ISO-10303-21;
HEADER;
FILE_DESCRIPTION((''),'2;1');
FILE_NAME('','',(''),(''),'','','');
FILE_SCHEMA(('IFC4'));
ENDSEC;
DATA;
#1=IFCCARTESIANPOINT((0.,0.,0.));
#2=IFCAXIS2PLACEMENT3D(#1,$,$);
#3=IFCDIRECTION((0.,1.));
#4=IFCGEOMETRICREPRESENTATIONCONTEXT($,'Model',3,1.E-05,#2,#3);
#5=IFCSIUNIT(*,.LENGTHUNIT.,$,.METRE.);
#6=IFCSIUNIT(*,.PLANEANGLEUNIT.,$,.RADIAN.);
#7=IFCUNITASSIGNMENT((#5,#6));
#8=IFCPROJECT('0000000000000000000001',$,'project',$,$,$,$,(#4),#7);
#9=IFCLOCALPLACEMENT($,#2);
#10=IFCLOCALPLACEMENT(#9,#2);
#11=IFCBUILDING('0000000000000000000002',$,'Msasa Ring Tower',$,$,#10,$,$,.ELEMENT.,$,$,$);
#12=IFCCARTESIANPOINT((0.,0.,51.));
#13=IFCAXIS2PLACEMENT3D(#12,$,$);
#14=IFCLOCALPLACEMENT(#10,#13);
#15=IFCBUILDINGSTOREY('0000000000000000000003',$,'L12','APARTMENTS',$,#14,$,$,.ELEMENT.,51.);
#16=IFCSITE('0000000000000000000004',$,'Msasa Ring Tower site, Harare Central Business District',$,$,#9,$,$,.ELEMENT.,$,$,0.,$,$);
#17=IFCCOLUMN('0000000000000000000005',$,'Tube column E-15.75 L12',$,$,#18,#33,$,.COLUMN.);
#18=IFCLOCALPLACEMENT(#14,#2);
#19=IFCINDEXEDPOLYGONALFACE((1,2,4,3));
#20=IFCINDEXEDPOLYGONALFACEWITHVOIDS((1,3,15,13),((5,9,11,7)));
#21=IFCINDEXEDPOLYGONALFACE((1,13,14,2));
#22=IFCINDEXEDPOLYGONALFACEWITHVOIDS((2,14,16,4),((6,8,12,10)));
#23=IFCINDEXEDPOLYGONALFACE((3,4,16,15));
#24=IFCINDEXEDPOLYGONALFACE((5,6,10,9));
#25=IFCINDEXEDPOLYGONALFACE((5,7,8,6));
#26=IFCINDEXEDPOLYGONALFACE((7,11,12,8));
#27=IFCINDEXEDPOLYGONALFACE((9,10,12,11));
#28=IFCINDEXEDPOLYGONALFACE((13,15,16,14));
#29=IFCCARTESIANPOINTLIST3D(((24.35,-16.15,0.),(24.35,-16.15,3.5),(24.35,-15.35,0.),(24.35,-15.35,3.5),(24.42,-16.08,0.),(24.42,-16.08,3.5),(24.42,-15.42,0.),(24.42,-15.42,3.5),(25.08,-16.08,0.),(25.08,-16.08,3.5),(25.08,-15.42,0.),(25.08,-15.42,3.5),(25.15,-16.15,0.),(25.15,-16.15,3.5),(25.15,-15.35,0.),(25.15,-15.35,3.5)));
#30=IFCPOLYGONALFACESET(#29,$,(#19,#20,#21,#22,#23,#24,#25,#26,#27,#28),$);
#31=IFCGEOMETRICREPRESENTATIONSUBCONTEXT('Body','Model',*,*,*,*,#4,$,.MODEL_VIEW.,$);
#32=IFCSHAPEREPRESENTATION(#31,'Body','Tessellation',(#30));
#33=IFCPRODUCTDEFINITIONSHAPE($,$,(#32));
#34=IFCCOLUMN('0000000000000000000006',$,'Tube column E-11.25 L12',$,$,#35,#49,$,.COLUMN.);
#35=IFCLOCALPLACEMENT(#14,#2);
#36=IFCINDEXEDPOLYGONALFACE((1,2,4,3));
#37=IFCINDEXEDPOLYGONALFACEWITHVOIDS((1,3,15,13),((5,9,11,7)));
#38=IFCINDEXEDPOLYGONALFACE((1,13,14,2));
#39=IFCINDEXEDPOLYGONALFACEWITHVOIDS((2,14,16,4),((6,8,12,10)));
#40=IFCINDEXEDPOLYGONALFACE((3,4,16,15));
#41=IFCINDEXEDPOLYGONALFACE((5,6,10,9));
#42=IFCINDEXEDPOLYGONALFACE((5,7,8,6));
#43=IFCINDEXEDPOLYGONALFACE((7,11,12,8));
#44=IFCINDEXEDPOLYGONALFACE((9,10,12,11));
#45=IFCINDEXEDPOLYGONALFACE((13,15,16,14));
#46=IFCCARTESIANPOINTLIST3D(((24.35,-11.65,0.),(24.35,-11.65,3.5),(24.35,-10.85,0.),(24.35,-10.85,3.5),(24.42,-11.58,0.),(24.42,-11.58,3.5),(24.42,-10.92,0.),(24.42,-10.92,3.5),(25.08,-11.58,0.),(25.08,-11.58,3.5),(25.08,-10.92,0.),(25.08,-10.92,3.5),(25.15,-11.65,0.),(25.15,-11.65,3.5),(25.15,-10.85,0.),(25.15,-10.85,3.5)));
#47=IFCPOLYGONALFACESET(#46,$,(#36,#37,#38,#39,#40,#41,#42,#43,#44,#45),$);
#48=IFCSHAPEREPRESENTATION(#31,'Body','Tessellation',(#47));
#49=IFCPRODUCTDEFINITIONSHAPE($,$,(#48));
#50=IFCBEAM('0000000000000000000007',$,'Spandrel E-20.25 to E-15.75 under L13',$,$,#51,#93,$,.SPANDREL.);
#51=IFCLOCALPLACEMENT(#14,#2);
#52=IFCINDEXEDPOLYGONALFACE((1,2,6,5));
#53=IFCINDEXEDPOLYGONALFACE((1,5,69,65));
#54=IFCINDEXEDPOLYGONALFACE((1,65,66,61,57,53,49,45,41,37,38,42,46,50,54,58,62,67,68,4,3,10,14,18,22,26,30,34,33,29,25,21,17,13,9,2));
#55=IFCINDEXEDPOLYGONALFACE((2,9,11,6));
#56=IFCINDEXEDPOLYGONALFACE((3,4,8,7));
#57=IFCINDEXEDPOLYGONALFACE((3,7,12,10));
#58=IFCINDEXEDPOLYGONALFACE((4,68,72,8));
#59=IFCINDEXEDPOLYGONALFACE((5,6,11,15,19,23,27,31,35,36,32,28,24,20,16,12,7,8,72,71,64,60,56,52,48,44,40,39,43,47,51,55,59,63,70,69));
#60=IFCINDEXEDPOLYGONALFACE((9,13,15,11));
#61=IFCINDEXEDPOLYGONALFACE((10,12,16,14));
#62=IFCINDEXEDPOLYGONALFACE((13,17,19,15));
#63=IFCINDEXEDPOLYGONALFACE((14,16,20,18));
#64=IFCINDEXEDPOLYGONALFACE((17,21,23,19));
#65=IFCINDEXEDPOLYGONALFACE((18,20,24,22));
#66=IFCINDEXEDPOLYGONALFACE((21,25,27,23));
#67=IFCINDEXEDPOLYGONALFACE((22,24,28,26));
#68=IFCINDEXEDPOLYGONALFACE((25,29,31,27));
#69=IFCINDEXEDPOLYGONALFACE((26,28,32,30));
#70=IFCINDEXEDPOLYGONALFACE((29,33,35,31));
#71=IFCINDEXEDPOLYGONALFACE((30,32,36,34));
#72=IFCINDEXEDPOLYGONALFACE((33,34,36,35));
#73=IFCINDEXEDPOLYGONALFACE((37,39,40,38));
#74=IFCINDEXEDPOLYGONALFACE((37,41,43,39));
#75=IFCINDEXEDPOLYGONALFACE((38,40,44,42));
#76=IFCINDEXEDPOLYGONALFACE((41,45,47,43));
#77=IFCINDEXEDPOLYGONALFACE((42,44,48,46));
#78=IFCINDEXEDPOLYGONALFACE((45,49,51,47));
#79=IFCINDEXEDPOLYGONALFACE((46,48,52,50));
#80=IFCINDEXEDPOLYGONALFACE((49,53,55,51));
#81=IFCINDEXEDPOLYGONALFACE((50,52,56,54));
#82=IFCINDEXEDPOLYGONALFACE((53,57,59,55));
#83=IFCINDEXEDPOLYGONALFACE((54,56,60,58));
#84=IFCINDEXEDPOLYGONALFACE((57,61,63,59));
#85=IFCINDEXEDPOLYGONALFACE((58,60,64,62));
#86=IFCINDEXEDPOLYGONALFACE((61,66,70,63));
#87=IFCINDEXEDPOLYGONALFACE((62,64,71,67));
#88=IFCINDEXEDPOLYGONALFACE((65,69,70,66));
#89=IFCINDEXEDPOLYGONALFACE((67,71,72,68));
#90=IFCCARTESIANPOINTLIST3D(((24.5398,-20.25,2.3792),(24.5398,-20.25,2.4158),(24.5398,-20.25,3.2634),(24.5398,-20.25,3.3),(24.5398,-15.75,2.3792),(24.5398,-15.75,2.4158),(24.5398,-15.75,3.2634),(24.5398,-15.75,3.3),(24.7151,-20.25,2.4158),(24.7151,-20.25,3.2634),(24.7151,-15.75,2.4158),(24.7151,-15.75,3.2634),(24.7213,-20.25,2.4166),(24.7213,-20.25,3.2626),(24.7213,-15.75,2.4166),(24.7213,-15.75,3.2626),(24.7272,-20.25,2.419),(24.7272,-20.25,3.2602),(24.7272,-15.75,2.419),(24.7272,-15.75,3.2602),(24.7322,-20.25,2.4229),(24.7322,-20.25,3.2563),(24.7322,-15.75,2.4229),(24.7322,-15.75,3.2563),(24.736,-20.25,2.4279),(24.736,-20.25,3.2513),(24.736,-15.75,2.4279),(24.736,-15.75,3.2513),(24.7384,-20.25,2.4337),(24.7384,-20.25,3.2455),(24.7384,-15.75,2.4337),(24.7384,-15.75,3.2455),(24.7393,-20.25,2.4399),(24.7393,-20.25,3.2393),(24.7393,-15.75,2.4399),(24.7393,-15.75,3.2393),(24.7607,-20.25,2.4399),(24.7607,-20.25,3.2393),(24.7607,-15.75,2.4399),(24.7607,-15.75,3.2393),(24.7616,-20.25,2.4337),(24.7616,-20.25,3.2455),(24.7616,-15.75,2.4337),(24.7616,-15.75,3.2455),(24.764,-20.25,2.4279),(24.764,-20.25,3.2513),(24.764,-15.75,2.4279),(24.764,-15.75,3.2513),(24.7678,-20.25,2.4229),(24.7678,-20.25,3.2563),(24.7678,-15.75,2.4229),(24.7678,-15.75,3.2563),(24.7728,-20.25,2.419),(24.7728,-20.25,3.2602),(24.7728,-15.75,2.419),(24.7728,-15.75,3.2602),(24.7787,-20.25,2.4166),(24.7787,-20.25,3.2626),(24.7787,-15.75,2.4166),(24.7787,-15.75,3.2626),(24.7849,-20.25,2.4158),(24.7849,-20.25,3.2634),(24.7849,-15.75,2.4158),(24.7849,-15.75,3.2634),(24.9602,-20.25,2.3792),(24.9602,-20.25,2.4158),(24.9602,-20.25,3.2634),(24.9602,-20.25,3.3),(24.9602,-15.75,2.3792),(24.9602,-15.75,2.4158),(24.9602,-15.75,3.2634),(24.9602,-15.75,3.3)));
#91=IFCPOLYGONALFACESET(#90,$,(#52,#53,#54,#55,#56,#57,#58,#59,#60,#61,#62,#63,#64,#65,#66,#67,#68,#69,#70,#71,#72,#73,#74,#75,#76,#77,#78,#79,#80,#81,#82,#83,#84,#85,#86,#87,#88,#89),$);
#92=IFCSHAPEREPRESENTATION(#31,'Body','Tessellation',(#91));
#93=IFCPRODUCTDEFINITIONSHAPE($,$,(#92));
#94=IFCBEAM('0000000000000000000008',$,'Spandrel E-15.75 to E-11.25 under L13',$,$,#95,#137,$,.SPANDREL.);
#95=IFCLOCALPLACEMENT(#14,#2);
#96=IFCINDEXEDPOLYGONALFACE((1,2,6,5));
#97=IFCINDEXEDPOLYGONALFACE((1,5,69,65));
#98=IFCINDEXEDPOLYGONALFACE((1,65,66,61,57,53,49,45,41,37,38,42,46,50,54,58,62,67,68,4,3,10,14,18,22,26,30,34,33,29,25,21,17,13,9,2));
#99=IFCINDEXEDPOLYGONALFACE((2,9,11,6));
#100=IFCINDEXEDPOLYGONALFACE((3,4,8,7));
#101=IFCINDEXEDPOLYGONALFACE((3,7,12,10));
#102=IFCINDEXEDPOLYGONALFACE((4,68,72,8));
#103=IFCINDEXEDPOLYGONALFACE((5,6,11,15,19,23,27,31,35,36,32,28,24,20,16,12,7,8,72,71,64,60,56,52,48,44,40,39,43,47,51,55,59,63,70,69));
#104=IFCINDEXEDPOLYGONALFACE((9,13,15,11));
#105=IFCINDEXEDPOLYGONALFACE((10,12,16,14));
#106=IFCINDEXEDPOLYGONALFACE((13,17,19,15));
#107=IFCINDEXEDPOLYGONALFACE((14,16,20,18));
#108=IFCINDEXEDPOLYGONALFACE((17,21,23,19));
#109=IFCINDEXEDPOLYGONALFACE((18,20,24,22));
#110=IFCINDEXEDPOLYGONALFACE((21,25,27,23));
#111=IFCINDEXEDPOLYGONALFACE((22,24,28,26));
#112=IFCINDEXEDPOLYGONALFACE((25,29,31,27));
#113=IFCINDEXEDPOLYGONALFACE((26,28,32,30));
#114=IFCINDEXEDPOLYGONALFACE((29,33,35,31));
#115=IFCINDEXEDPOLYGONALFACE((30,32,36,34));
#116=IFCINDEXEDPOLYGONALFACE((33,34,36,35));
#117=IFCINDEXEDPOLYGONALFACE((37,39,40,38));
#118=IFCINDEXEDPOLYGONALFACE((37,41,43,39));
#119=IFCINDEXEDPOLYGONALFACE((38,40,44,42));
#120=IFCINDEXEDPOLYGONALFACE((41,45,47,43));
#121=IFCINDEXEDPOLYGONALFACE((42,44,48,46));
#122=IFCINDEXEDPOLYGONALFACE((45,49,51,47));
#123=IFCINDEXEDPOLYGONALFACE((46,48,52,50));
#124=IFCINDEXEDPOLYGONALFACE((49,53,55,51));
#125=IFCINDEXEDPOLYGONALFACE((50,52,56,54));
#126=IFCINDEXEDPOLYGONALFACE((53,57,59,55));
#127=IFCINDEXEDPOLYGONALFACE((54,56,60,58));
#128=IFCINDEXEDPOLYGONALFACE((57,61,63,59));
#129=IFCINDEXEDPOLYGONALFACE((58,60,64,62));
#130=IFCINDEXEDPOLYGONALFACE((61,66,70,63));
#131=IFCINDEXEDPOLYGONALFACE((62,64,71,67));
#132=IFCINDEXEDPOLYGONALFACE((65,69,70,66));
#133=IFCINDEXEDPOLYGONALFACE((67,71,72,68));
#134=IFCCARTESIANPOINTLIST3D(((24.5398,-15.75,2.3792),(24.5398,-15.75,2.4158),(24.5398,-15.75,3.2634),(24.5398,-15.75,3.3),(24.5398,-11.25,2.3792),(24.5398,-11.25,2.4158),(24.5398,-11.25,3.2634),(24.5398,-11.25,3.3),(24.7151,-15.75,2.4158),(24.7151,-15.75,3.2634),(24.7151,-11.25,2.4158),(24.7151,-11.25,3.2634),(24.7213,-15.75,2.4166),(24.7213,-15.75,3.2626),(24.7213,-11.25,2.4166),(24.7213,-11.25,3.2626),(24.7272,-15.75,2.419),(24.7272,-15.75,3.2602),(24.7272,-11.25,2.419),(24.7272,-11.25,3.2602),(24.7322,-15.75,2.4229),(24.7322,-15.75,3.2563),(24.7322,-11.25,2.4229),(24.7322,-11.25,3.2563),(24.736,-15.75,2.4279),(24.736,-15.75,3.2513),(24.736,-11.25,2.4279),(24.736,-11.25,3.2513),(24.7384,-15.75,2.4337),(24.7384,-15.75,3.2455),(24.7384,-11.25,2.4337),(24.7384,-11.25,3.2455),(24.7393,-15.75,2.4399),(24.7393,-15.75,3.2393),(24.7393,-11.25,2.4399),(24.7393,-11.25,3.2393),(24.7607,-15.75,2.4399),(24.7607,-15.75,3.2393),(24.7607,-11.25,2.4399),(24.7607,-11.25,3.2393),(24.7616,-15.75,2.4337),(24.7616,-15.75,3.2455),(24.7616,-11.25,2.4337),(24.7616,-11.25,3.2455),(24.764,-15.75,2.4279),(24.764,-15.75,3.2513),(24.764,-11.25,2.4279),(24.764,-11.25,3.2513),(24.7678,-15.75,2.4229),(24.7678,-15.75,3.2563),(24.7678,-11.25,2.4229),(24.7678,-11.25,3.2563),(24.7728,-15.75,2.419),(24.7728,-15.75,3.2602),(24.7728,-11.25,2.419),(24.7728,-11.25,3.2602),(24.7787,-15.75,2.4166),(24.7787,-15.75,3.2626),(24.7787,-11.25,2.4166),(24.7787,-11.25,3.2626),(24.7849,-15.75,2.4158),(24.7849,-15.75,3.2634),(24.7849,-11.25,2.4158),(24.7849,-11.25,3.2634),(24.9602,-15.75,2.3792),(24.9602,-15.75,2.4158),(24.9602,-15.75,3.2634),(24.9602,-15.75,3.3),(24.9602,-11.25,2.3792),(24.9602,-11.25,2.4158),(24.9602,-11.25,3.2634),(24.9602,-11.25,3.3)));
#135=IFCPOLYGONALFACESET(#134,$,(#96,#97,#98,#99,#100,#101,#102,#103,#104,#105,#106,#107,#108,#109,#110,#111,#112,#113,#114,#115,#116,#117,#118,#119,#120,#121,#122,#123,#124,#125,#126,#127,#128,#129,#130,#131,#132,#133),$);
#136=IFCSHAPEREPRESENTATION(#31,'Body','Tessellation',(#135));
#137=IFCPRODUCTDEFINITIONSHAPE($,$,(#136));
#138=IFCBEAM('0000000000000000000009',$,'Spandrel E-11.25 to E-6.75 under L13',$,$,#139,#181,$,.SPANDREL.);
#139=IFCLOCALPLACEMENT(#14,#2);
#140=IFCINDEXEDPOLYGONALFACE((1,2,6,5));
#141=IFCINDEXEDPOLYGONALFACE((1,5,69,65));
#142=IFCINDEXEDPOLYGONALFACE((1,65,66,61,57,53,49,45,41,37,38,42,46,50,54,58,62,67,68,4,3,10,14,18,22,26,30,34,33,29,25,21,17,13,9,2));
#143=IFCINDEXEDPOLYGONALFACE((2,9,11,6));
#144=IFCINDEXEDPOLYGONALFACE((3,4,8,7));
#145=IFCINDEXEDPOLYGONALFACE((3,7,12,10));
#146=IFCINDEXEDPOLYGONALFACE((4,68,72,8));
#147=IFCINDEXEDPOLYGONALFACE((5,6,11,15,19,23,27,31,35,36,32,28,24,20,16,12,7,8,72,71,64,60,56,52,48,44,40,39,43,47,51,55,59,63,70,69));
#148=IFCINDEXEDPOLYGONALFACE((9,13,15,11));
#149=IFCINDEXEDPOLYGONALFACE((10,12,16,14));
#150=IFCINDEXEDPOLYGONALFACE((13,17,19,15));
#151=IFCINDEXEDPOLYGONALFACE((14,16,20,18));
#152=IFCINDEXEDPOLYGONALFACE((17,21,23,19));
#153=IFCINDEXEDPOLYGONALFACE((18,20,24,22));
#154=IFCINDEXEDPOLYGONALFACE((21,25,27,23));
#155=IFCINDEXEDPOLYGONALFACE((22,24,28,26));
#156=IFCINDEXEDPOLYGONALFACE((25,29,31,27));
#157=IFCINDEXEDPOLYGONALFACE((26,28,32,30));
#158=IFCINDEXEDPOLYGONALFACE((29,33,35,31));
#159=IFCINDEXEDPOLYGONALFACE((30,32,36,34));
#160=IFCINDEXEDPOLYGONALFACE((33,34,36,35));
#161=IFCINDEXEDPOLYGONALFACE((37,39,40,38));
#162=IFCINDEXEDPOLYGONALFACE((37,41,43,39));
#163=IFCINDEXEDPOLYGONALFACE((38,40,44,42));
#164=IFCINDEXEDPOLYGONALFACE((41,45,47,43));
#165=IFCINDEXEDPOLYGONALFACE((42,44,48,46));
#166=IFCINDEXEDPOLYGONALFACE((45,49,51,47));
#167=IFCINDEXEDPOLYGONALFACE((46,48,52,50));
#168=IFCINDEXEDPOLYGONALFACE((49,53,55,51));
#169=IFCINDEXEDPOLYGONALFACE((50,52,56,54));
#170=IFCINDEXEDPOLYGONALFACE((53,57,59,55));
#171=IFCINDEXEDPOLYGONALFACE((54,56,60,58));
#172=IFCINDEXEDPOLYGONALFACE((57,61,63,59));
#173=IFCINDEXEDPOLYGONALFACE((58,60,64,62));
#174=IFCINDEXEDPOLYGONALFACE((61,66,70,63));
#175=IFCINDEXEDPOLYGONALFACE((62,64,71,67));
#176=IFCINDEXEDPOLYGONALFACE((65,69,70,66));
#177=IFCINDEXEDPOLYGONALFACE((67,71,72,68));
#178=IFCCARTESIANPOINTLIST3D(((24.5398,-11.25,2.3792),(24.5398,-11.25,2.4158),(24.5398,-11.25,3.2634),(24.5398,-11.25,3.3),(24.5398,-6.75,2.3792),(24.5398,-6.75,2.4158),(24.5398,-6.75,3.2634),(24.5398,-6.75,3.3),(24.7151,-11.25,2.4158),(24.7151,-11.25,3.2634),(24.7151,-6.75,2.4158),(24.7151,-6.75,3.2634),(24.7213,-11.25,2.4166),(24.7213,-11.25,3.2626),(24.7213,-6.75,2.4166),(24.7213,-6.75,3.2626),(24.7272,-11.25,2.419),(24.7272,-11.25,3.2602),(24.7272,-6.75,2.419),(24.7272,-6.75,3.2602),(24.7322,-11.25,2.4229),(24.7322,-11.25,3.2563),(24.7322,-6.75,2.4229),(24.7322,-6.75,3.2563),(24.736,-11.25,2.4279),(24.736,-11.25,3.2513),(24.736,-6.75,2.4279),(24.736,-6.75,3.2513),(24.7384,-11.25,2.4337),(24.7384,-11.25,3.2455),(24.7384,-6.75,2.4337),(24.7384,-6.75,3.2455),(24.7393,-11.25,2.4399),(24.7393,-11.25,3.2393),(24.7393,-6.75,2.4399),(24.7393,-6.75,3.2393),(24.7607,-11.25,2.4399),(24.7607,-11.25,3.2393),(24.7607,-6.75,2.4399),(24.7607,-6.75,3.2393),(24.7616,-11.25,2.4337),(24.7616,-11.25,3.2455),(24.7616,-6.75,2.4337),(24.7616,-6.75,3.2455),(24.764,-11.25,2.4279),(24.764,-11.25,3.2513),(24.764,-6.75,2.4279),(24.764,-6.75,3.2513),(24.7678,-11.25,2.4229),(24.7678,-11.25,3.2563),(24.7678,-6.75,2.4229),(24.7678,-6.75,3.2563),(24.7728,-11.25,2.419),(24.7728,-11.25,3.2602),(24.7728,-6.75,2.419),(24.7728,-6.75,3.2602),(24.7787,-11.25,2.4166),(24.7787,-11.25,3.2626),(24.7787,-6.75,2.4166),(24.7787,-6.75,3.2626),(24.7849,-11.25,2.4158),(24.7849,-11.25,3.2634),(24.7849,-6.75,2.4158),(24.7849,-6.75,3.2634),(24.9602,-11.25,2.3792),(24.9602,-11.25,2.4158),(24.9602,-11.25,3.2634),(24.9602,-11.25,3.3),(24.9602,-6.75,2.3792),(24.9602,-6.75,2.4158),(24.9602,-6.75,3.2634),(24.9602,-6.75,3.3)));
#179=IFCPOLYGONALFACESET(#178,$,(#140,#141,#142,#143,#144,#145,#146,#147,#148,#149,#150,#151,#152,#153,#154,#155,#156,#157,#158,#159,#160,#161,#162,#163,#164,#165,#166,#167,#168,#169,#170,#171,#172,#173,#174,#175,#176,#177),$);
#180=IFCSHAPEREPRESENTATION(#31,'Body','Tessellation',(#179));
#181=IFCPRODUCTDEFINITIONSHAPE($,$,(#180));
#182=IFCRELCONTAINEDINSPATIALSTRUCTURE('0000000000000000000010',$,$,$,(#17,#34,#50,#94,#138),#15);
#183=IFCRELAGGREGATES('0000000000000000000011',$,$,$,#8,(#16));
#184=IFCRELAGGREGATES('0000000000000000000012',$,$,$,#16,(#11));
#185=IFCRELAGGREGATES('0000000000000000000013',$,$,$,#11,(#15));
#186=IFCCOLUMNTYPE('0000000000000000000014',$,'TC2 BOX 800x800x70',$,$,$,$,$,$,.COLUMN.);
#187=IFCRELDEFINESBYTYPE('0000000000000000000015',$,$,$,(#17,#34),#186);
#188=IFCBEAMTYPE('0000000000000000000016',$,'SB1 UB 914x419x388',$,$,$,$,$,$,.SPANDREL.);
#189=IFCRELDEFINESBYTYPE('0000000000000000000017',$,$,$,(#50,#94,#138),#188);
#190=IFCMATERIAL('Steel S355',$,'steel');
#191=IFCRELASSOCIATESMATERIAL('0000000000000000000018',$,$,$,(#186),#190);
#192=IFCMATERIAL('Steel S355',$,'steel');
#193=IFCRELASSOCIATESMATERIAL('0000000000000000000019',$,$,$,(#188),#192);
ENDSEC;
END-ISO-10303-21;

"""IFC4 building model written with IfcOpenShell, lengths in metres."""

from ifc_helpers import new_model, si_unit, direction, frame, origin, origin_2d, place, context, subcontext, project, spatial, hollow_rectangle, i_section, extrude, material, material_profile, profile_set, type_object, element, save


model = new_model("IFC4")

# Units and contexts
model_context = context("Model", 3, precision=1e-05, world=origin(), true_north=direction((0.0, 1.0)))
body_context = subcontext(model_context, "Body", "Model", "MODEL_VIEW")
ifc_project = project(units=[si_unit("LENGTHUNIT", "METRE"), si_unit("PLANEANGLEUNIT", "RADIAN")], contexts=[model_context])

# Site, building, storey
site_placement = place(None, origin())
site = spatial("IfcSite", under=ifc_project, at=site_placement, Name="Msasa Ring Tower site, Harare Central Business District", CompositionType="ELEMENT", RefElevation=0.0)
building_placement = place(site_placement, origin())
building = spatial("IfcBuilding", under=site, at=building_placement, Name="Msasa Ring Tower", CompositionType="ELEMENT")
storey_placement = place(building_placement, frame((0.0, 0.0, 51.0)))
storey = spatial("IfcBuildingStorey", under=building, at=storey_placement, Name="L12", Description="APARTMENTS", CompositionType="ELEMENT", Elevation=51.0)

# Columns
ifc_material_1 = material(Name="Steel S355", Category="steel")
ifc_material_profile_1 = material_profile(ifc_material_1, hollow_rectangle(XDim=0.8, YDim=0.8, WallThickness=0.0701, at=origin_2d()), Name="BOX 800x800x70")
ifc_profile_set_1 = profile_set([ifc_material_profile_1], Name="Steel S355")
column_type = type_object("IfcColumnType", Name="TC2 BOX 800x800x70", PredefinedType="COLUMN", material=ifc_profile_set_1)
for number, where, z_axis, x_axis, name in (
    (1, (24.75, -15.75, 0.0), (0.0, 0.0, 1.0), (1.0, 0.0, 0.0), "Tube column E-15.75 L12"),
    (2, (24.75, -11.25, 0.0), (0.0, 0.0, 1.0), (1.0, 0.0, 0.0), "Tube column E-11.25 L12"),
):
    element("IfcColumn", number, at=place(storey_placement, frame(where, z_axis=z_axis, x_axis=x_axis)), inside=storey, type_object=column_type, Name=name, PredefinedType="COLUMN", context=body_context, shape_type="SweptSolid", body=[
        extrude(hollow_rectangle(XDim=0.8, YDim=0.8, WallThickness=0.0701, at=origin_2d()), origin(), (0.0, 0.0, 1.0), 3.5),
    ])

# Beams
ifc_material_2 = material(Name="Steel S355", Category="steel")
ifc_material_profile_2 = material_profile(ifc_material_2, i_section(OverallWidth=0.4204, OverallDepth=0.9209, WebThickness=0.0215, FlangeThickness=0.0366, FilletRadius=0.0242, at=origin_2d()), Name="UB 914x419x388")
ifc_profile_set_2 = profile_set([ifc_material_profile_2], Name="Steel S355")
beam_type = type_object("IfcBeamType", Name="SB1 UB 914x419x388", PredefinedType="SPANDREL", material=ifc_profile_set_2)
for number, where, z_axis, x_axis, name in (
    (3, (24.75, -20.25, 2.8396), (0.0, 1.0, 0.0), (-1.0, 0.0, 0.0), "Spandrel E-20.25 to E-15.75 under L13"),
    (4, (24.75, -15.75, 2.8396), (0.0, 1.0, 0.0), (-1.0, 0.0, 0.0), "Spandrel E-15.75 to E-11.25 under L13"),
    (5, (24.75, -11.25, 2.8396), (0.0, 1.0, 0.0), (-1.0, 0.0, 0.0), "Spandrel E-11.25 to E-6.75 under L13"),
):
    element("IfcBeam", number, at=place(storey_placement, frame(where, z_axis=z_axis, x_axis=x_axis)), inside=storey, type_object=beam_type, Name=name, PredefinedType="SPANDREL", context=body_context, shape_type="SweptSolid", body=[
        extrude(i_section(OverallWidth=0.4204, OverallDepth=0.9209, WebThickness=0.0215, FlangeThickness=0.0366, FilletRadius=0.0242, at=origin_2d()), origin(), (0.0, 0.0, 1.0), 4.5),
    ])

save(model, "model.ifc")
